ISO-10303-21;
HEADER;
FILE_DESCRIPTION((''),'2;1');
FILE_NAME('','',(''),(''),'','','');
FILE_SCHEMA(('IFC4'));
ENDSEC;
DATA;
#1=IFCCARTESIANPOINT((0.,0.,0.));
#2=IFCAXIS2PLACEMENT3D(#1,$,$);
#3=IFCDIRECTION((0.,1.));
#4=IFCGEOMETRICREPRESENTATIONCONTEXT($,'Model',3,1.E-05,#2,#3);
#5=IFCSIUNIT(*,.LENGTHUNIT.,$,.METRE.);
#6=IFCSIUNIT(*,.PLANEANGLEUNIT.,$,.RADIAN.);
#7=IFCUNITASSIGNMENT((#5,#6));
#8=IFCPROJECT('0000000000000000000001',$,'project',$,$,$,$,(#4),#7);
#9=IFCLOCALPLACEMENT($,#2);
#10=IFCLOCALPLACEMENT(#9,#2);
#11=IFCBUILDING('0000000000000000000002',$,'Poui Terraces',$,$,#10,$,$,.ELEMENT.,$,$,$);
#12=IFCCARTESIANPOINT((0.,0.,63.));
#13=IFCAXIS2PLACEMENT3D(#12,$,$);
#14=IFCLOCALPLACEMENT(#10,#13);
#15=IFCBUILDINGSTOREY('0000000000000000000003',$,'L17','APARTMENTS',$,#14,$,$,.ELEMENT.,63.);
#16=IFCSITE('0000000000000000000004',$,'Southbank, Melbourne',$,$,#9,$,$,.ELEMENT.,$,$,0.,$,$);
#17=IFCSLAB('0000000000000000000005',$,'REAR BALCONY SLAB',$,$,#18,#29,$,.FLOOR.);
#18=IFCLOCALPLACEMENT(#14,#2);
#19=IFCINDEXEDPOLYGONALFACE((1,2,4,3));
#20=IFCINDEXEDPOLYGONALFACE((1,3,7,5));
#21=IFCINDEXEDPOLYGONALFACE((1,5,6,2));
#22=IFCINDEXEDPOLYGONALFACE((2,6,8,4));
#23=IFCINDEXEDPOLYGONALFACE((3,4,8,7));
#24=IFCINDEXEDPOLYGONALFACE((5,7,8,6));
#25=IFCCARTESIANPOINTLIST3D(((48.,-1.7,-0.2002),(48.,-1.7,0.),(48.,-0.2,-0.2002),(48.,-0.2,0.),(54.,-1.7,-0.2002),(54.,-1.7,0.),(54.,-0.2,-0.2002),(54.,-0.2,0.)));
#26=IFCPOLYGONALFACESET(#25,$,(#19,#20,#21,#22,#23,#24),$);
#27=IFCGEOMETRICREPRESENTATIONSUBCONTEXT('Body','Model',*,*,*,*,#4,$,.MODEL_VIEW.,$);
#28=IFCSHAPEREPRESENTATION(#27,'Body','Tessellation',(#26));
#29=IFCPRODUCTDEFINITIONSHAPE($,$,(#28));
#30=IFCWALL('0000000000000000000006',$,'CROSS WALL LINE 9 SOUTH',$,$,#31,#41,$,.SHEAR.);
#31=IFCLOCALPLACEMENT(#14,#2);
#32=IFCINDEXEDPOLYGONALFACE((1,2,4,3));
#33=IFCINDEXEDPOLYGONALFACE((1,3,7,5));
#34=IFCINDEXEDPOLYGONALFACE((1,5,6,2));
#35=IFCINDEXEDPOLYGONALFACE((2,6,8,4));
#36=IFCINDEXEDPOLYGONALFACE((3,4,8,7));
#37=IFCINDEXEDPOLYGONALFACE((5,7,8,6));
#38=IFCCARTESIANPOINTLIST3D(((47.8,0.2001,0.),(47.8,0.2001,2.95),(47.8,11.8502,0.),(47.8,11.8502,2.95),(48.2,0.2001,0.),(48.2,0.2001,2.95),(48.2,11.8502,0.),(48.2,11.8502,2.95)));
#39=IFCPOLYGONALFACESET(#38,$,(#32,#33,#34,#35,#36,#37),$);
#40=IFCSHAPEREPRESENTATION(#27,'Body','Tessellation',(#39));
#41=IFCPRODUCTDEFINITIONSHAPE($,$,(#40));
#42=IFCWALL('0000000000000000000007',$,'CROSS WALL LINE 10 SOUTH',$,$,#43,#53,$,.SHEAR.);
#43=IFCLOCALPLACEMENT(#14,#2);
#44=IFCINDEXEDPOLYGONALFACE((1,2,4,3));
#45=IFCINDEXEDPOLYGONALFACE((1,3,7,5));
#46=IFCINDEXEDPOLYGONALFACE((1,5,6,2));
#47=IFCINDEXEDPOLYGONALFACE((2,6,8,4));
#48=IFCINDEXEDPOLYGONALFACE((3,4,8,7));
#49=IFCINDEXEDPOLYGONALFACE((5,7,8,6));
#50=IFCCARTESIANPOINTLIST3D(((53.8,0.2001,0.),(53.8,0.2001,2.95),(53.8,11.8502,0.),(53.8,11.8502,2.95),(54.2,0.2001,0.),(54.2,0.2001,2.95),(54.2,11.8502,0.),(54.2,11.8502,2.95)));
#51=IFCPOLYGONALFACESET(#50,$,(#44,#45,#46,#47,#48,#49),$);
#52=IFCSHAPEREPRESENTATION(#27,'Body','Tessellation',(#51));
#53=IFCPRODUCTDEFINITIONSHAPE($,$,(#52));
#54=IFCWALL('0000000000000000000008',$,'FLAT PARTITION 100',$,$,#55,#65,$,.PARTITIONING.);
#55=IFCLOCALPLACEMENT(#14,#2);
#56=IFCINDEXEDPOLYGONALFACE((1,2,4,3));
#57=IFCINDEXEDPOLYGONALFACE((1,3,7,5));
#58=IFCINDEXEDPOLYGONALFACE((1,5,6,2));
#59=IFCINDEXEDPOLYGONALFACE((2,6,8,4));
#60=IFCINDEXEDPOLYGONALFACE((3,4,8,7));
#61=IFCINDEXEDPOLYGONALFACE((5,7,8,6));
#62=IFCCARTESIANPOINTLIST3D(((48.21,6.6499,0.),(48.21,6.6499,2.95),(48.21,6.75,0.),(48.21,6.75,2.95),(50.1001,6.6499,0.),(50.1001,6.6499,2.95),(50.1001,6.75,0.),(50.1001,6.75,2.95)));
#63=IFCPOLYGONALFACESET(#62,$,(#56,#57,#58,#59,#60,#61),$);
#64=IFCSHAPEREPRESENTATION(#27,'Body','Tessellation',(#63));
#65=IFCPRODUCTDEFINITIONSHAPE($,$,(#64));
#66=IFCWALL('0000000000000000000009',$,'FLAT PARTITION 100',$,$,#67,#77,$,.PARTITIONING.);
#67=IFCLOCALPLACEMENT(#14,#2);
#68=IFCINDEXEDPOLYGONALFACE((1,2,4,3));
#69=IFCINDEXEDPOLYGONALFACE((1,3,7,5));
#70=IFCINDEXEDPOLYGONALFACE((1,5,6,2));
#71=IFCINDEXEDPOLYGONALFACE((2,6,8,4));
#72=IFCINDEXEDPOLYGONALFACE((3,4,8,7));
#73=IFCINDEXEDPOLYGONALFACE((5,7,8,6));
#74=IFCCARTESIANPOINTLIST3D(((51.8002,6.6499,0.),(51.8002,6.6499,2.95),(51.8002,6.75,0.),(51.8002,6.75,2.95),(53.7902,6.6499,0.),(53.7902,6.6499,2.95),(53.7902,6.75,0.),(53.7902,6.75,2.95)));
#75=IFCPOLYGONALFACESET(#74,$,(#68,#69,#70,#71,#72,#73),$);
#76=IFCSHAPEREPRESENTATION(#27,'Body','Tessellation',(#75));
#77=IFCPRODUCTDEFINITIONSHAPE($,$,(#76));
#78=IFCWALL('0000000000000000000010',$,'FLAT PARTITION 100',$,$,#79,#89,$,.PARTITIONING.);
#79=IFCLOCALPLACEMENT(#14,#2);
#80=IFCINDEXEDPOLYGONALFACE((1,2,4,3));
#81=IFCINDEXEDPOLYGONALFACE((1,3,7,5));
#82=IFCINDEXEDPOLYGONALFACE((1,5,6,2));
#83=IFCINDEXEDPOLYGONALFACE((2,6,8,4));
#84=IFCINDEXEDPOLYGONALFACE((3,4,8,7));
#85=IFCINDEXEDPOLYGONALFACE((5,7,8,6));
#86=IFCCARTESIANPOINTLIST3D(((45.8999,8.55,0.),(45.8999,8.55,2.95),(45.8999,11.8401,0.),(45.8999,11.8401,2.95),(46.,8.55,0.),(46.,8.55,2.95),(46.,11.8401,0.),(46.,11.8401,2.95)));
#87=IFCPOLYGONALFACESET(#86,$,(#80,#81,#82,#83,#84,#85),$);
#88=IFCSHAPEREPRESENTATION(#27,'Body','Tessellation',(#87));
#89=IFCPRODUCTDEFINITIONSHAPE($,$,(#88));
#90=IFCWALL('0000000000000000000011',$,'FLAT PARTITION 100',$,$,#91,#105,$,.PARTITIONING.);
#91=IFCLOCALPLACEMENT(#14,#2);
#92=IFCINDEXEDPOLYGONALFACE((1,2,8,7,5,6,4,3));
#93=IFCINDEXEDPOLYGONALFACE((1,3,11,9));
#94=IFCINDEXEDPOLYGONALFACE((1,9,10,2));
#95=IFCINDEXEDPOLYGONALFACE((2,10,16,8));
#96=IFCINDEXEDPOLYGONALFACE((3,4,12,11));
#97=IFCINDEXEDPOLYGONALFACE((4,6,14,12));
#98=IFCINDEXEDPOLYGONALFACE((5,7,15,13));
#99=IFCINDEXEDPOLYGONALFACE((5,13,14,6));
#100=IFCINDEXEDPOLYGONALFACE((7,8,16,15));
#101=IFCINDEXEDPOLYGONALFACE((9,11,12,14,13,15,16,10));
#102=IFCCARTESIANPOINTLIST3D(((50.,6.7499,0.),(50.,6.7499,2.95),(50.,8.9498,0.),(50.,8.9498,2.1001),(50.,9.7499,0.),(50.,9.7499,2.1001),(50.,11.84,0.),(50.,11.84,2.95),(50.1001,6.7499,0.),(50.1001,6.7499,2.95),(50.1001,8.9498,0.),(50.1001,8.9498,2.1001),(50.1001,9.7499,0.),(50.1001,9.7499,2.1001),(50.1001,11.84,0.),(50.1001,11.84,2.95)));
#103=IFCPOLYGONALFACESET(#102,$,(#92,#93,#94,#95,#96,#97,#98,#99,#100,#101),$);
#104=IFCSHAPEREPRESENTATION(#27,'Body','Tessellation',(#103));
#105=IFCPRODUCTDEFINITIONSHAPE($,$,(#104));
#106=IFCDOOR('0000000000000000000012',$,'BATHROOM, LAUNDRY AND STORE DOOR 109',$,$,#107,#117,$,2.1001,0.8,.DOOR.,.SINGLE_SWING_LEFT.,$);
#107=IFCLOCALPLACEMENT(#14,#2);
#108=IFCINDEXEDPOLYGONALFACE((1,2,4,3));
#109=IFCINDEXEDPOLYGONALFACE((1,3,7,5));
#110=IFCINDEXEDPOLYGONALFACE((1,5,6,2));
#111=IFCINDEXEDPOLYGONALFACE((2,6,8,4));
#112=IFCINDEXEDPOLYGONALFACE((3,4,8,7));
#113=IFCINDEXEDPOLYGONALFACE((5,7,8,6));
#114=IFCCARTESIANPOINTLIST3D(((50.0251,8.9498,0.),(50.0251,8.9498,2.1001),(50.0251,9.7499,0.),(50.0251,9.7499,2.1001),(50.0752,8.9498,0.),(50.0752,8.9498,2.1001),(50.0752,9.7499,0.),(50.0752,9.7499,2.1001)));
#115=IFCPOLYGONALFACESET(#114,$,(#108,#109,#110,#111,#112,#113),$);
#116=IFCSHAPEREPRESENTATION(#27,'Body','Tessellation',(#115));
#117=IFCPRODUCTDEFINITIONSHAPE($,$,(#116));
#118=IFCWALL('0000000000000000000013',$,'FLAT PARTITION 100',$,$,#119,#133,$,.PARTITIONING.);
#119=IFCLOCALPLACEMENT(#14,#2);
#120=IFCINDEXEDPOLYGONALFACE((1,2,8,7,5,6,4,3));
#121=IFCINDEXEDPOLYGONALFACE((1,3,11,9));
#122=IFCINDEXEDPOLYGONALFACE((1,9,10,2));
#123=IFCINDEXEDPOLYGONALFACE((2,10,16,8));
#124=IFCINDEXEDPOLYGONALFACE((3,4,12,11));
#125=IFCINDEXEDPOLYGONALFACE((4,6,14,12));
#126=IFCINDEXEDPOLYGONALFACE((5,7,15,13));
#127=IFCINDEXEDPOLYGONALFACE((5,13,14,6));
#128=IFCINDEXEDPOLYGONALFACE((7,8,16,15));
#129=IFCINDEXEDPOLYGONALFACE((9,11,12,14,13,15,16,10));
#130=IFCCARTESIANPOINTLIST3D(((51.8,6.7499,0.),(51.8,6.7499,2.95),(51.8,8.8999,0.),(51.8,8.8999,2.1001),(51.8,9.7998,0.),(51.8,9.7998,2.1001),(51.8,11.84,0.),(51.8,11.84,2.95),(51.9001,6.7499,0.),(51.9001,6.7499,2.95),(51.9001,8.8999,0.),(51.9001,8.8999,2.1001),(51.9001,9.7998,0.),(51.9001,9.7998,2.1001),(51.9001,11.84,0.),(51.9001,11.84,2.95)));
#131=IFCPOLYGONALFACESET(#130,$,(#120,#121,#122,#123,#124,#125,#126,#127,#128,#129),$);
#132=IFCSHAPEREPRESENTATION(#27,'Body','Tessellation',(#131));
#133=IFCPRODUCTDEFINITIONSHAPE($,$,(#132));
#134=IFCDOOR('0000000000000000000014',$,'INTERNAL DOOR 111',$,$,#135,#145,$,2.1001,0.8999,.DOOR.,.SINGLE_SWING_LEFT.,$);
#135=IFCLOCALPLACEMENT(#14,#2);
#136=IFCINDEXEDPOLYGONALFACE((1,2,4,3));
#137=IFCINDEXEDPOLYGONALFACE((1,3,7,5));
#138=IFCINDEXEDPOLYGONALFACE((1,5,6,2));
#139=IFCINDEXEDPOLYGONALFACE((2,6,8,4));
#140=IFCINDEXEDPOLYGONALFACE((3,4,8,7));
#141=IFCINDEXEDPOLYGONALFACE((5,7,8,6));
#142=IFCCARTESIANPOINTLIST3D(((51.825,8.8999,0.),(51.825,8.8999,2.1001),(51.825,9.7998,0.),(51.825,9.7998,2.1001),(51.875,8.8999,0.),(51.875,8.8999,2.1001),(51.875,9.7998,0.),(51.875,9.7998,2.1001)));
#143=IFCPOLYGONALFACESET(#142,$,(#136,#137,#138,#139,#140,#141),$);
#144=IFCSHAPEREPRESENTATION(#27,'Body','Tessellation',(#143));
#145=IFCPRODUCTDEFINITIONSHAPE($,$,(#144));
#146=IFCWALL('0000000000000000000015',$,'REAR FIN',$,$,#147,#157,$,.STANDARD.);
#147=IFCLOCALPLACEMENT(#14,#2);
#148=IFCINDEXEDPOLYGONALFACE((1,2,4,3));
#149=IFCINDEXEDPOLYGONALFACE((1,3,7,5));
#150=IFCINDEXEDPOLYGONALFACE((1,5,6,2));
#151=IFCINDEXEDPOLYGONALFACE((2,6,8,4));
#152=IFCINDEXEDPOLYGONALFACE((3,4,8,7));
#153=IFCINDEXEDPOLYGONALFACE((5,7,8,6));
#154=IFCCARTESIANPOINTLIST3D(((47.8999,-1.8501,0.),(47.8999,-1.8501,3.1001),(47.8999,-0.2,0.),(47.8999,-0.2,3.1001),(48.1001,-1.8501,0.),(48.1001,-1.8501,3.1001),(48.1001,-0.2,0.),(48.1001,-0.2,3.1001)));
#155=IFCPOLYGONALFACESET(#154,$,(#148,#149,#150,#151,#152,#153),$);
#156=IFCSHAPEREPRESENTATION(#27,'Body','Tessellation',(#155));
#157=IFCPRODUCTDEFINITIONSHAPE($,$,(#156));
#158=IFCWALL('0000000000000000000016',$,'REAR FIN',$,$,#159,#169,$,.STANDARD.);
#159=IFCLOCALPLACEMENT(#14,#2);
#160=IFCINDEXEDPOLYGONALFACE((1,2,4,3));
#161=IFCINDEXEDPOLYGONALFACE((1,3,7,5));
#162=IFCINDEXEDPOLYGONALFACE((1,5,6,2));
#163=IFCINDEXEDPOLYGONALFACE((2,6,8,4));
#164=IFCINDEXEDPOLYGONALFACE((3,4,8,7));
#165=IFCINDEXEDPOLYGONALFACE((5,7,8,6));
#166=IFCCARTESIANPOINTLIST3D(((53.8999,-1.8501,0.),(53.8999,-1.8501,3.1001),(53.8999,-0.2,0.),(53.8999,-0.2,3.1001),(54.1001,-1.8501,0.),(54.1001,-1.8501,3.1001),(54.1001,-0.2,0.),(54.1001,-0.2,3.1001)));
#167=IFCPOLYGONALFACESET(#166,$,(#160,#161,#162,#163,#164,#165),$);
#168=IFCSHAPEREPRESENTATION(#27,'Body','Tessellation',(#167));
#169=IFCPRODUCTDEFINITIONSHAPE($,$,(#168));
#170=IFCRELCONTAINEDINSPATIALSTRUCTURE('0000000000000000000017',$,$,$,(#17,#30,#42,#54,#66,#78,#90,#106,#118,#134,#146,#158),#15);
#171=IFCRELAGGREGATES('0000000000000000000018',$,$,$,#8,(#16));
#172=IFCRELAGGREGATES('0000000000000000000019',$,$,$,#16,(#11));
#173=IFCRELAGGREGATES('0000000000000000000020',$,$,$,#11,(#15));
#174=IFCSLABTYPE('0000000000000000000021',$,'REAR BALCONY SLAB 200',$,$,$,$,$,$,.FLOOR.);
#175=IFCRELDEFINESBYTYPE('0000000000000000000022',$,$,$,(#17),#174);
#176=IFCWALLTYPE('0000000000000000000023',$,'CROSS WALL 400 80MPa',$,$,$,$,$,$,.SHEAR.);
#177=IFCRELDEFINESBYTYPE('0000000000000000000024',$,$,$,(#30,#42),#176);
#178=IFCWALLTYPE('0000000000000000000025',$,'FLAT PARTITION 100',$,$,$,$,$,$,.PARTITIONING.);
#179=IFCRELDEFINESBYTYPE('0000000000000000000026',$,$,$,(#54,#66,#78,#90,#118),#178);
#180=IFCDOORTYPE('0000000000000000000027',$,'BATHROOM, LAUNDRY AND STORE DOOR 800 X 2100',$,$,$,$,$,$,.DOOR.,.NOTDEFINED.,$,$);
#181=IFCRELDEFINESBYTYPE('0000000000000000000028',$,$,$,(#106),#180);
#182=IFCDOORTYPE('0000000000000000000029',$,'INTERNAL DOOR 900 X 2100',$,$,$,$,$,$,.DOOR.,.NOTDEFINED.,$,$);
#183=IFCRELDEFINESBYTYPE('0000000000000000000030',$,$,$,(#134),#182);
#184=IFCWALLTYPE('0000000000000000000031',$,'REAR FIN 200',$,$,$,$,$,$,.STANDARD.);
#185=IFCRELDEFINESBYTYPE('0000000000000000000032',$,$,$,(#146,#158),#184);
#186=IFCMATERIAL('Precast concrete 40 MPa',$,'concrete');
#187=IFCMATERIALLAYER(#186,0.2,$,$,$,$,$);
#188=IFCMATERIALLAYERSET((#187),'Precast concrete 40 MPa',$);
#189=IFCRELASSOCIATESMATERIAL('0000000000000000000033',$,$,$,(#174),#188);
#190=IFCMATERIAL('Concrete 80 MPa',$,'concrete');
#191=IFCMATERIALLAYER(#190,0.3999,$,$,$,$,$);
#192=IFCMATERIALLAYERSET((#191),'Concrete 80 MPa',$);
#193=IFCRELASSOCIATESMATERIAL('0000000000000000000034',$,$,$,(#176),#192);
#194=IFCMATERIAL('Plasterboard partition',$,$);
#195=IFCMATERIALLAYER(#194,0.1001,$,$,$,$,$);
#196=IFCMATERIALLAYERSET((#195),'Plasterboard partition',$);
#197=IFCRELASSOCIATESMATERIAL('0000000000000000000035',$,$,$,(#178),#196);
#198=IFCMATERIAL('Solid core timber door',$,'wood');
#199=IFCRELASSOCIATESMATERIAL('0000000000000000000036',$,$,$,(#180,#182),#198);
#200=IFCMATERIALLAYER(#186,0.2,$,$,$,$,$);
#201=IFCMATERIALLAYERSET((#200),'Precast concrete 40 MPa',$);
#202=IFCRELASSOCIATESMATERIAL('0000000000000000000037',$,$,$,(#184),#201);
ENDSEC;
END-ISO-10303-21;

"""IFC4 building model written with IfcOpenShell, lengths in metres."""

from ifc_helpers import new_model, si_unit, direction, frame, frame_2d, origin, place, context, subcontext, project, spatial, polyline, rectangle, outline, extrude, source, transform, mapped, material, layer, layer_set, type_object, element, fill, save


model = new_model("IFC4")

# Units and contexts
model_context = context("Model", 3, precision=1e-05, world=origin(), true_north=direction((0.0, 1.0)))
body_context = subcontext(model_context, "Body", "Model", "MODEL_VIEW")
ifc_project = project(units=[si_unit("LENGTHUNIT", "METRE"), si_unit("PLANEANGLEUNIT", "RADIAN")], contexts=[model_context])

# Site, building, storey
site_placement = place(None, origin())
site = spatial("IfcSite", under=ifc_project, at=site_placement, Name="Southbank, Melbourne", CompositionType="ELEMENT", RefElevation=0.0)
building_placement = place(site_placement, origin())
building = spatial("IfcBuilding", under=site, at=building_placement, Name="Poui Terraces", CompositionType="ELEMENT")
storey_placement = place(building_placement, frame((0.0, 0.0, 63.0)))
storey = spatial("IfcBuildingStorey", under=building, at=storey_placement, Name="L17", Description="APARTMENTS", CompositionType="ELEMENT", Elevation=63.0)

# Slab
ifc_material_1 = material(Name="Precast concrete 40 MPa", Category="concrete")
ifc_layer_1 = layer(ifc_material_1, 0.2)
ifc_layer_set_1 = layer_set([ifc_layer_1], Name="Precast concrete 40 MPa")
slab_type = type_object("IfcSlabType", Name="REAR BALCONY SLAB 200", PredefinedType="FLOOR", material=ifc_layer_set_1)
shared_shape_1 = source(origin(), body_context, "Body", "SweptSolid", [
    extrude(outline(polyline([(0.0, 0.0), (6.0, 0.0), (6.0, 1.5), (0.0, 1.5), (0.0, 0.0)])), origin(), (0.0, 0.0, 1.0), 0.2002),
])
slab_placement = place(storey_placement, frame((48.0, -1.7, -0.2002)))
element("IfcSlab", 1, at=slab_placement, inside=storey, type_object=slab_type, Name="REAR BALCONY SLAB", PredefinedType="FLOOR", context=body_context, shape_type="MappedRepresentation", body=[
    mapped(shared_shape_1, transform((0.0, 0.0, 0.0))),
])

# Walls
ifc_material_2 = material(Name="Concrete 80 MPa", Category="concrete")
ifc_layer_2 = layer(ifc_material_2, 0.3999)
ifc_layer_set_2 = layer_set([ifc_layer_2], Name="Concrete 80 MPa")
wall_type_1 = type_object("IfcWallType", Name="CROSS WALL 400 80MPa", PredefinedType="SHEAR", material=ifc_layer_set_2)
for number, where, z_axis, x_axis, name in (
    (2, (48.0, 0.2, 0.0), (0.0, 0.0, 1.0), (0.0, 1.0, 0.0), "CROSS WALL LINE 9 SOUTH"),
    (3, (54.0, 0.2, 0.0), (0.0, 0.0, 1.0), (0.0, 1.0, 0.0), "CROSS WALL LINE 10 SOUTH"),
):
    element("IfcWall", number, at=place(storey_placement, frame(where, z_axis=z_axis, x_axis=x_axis)), inside=storey, type_object=wall_type_1, Name=name, PredefinedType="SHEAR", context=body_context, shape_type="SweptSolid", body=[
        extrude(rectangle(XDim=11.6501, YDim=0.3999, at=frame_2d((5.8252, 0.0))), origin(), (0.0, 0.0, 1.0), 2.95),
    ])
ifc_material_3 = material(Name="Plasterboard partition")
ifc_layer_3 = layer(ifc_material_3, 0.1001)
ifc_layer_set_3 = layer_set([ifc_layer_3], Name="Plasterboard partition")
wall_type_2 = type_object("IfcWallType", Name="FLAT PARTITION 100", PredefinedType="PARTITIONING", material=ifc_layer_set_3)
wall_1_placement = place(storey_placement, frame((48.21, 6.7, 0.0), z_axis=(0.0, 0.0, 1.0), x_axis=(1.0, 0.0, 0.0)))
element("IfcWall", 4, at=wall_1_placement, inside=storey, type_object=wall_type_2, Name="FLAT PARTITION 100", PredefinedType="PARTITIONING", context=body_context, shape_type="SweptSolid", body=[
    extrude(rectangle(XDim=1.8901, YDim=0.1001, at=frame_2d((0.9451, 0.0))), origin(), (0.0, 0.0, 1.0), 2.95),
])
wall_2_placement = place(storey_placement, frame((51.8, 6.7, 0.0), z_axis=(0.0, 0.0, 1.0), x_axis=(1.0, 0.0, 0.0)))
element("IfcWall", 5, at=wall_2_placement, inside=storey, type_object=wall_type_2, Name="FLAT PARTITION 100", PredefinedType="PARTITIONING", context=body_context, shape_type="SweptSolid", body=[
    extrude(rectangle(XDim=1.99, YDim=0.1001, at=frame_2d((0.9951, 0.0))), origin(), (0.0, 0.0, 1.0), 2.95),
])
wall_3_placement = place(storey_placement, frame((45.95, 8.55, 0.0), z_axis=(0.0, 0.0, 1.0), x_axis=(0.0, 1.0, 0.0)))
element("IfcWall", 6, at=wall_3_placement, inside=storey, type_object=wall_type_2, Name="FLAT PARTITION 100", PredefinedType="PARTITIONING", context=body_context, shape_type="SweptSolid", body=[
    extrude(rectangle(XDim=3.29, YDim=0.1001, at=frame_2d((1.645, 0.0))), origin(), (0.0, 0.0, 1.0), 2.95),
])

# Walls, openings, doors
wall_4_placement = place(storey_placement, frame((50.05, 6.75, 0.0), z_axis=(0.0, 0.0, 1.0), x_axis=(0.0, 1.0, 0.0)))
wall_4 = element("IfcWall", 7, at=wall_4_placement, inside=storey, type_object=wall_type_2, Name="FLAT PARTITION 100", PredefinedType="PARTITIONING", context=body_context, shape_type="SweptSolid", body=[
    extrude(rectangle(XDim=5.0901, YDim=0.1001, at=frame_2d((2.5449, 0.0))), origin(), (0.0, 0.0, 1.0), 2.95),
])
opening_1_placement = place(wall_4_placement, frame((2.2, 0.0, 0.0)))
opening_1 = element("IfcOpeningElement", 8, at=opening_1_placement, cuts=wall_4, PredefinedType="OPENING", context=body_context, shape_type="SweptSolid", body=[
    extrude(rectangle(XDim=0.8, YDim=2.1001, at=frame_2d((0.3999, 1.05))), frame((0.0, 0.0601, 0.0), z_axis=(0.0, -1.0, 0.0), x_axis=(1.0, 0.0, 0.0)), (0.0, 0.0, 1.0), 0.1201),
])
ifc_material_4 = material(Name="Solid core timber door", Category="wood")
door_type_1 = type_object("IfcDoorType", Name="BATHROOM, LAUNDRY AND STORE DOOR 800 X 2100", OperationType="NOTDEFINED", PredefinedType="DOOR", material=ifc_material_4)
door_1_placement = place(opening_1_placement, origin())
door_1 = element("IfcDoor", 9, at=door_1_placement, inside=storey, type_object=door_type_1, Name="BATHROOM, LAUNDRY AND STORE DOOR 109", OperationType="SINGLE_SWING_LEFT", OverallHeight=2.1001, OverallWidth=0.8, PredefinedType="DOOR", context=body_context, shape_type="SweptSolid", body=[
    extrude(rectangle(XDim=0.8, YDim=2.1001, at=frame_2d((0.3999, 1.05))), frame((0.0, 0.0249, 0.0), z_axis=(0.0, -1.0, 0.0), x_axis=(1.0, 0.0, 0.0)), (0.0, 0.0, 1.0), 0.05),
])
fill(opening_1, door_1)
wall_5_placement = place(storey_placement, frame((51.8501, 6.75, 0.0), z_axis=(0.0, 0.0, 1.0), x_axis=(0.0, 1.0, 0.0)))
wall_5 = element("IfcWall", 10, at=wall_5_placement, inside=storey, type_object=wall_type_2, Name="FLAT PARTITION 100", PredefinedType="PARTITIONING", context=body_context, shape_type="SweptSolid", body=[
    extrude(rectangle(XDim=5.0901, YDim=0.1001, at=frame_2d((2.5449, 0.0))), origin(), (0.0, 0.0, 1.0), 2.95),
])
opening_2_placement = place(wall_5_placement, frame((2.1499, 0.0, 0.0)))
opening_2 = element("IfcOpeningElement", 11, at=opening_2_placement, cuts=wall_5, PredefinedType="OPENING", context=body_context, shape_type="SweptSolid", body=[
    extrude(rectangle(XDim=0.8999, YDim=2.1001, at=frame_2d((0.45, 1.05))), frame((0.0, 0.0601, 0.0), z_axis=(0.0, -1.0, 0.0), x_axis=(1.0, 0.0, 0.0)), (0.0, 0.0, 1.0), 0.1201),
])
door_type_2 = type_object("IfcDoorType", Name="INTERNAL DOOR 900 X 2100", OperationType="NOTDEFINED", PredefinedType="DOOR", material=ifc_material_4)
door_2_placement = place(opening_2_placement, frame((0.8999, 0.0, 0.0), z_axis=(0.0, 0.0, 1.0), x_axis=(-1.0, 0.0, 0.0)))
door_2 = element("IfcDoor", 12, at=door_2_placement, inside=storey, type_object=door_type_2, Name="INTERNAL DOOR 111", OperationType="SINGLE_SWING_LEFT", OverallHeight=2.1001, OverallWidth=0.8999, PredefinedType="DOOR", context=body_context, shape_type="SweptSolid", body=[
    extrude(rectangle(XDim=0.8999, YDim=2.1001, at=frame_2d((0.45, 1.05))), frame((0.0, 0.0249, 0.0), z_axis=(0.0, -1.0, 0.0), x_axis=(1.0, 0.0, 0.0)), (0.0, 0.0, 1.0), 0.05),
])
fill(opening_2, door_2)

# Walls
ifc_layer_4 = layer(ifc_material_1, 0.2)
ifc_layer_set_4 = layer_set([ifc_layer_4], Name="Precast concrete 40 MPa")
wall_type_3 = type_object("IfcWallType", Name="REAR FIN 200", PredefinedType="STANDARD", material=ifc_layer_set_4)
shared_shape_2 = source(origin(), body_context, "Body", "SweptSolid", [
    extrude(outline(polyline([(0.0, 0.0), (0.2002, 0.0), (0.2002, 1.6501), (0.0, 1.6501), (0.0, 0.0)])), origin(), (0.0, 0.0, 1.0), 3.1001),
])
for number, where, name in (
    (13, (47.8999, -1.8501, 0.0), "REAR FIN"),
    (14, (53.8999, -1.8501, 0.0), "REAR FIN"),
):
    element("IfcWall", number, at=place(storey_placement, frame(where)), inside=storey, type_object=wall_type_3, Name=name, PredefinedType="STANDARD", context=body_context, shape_type="MappedRepresentation", body=[
        mapped(shared_shape_2, transform((0.0, 0.0, 0.0))),
    ])

save(model, "model.ifc")
